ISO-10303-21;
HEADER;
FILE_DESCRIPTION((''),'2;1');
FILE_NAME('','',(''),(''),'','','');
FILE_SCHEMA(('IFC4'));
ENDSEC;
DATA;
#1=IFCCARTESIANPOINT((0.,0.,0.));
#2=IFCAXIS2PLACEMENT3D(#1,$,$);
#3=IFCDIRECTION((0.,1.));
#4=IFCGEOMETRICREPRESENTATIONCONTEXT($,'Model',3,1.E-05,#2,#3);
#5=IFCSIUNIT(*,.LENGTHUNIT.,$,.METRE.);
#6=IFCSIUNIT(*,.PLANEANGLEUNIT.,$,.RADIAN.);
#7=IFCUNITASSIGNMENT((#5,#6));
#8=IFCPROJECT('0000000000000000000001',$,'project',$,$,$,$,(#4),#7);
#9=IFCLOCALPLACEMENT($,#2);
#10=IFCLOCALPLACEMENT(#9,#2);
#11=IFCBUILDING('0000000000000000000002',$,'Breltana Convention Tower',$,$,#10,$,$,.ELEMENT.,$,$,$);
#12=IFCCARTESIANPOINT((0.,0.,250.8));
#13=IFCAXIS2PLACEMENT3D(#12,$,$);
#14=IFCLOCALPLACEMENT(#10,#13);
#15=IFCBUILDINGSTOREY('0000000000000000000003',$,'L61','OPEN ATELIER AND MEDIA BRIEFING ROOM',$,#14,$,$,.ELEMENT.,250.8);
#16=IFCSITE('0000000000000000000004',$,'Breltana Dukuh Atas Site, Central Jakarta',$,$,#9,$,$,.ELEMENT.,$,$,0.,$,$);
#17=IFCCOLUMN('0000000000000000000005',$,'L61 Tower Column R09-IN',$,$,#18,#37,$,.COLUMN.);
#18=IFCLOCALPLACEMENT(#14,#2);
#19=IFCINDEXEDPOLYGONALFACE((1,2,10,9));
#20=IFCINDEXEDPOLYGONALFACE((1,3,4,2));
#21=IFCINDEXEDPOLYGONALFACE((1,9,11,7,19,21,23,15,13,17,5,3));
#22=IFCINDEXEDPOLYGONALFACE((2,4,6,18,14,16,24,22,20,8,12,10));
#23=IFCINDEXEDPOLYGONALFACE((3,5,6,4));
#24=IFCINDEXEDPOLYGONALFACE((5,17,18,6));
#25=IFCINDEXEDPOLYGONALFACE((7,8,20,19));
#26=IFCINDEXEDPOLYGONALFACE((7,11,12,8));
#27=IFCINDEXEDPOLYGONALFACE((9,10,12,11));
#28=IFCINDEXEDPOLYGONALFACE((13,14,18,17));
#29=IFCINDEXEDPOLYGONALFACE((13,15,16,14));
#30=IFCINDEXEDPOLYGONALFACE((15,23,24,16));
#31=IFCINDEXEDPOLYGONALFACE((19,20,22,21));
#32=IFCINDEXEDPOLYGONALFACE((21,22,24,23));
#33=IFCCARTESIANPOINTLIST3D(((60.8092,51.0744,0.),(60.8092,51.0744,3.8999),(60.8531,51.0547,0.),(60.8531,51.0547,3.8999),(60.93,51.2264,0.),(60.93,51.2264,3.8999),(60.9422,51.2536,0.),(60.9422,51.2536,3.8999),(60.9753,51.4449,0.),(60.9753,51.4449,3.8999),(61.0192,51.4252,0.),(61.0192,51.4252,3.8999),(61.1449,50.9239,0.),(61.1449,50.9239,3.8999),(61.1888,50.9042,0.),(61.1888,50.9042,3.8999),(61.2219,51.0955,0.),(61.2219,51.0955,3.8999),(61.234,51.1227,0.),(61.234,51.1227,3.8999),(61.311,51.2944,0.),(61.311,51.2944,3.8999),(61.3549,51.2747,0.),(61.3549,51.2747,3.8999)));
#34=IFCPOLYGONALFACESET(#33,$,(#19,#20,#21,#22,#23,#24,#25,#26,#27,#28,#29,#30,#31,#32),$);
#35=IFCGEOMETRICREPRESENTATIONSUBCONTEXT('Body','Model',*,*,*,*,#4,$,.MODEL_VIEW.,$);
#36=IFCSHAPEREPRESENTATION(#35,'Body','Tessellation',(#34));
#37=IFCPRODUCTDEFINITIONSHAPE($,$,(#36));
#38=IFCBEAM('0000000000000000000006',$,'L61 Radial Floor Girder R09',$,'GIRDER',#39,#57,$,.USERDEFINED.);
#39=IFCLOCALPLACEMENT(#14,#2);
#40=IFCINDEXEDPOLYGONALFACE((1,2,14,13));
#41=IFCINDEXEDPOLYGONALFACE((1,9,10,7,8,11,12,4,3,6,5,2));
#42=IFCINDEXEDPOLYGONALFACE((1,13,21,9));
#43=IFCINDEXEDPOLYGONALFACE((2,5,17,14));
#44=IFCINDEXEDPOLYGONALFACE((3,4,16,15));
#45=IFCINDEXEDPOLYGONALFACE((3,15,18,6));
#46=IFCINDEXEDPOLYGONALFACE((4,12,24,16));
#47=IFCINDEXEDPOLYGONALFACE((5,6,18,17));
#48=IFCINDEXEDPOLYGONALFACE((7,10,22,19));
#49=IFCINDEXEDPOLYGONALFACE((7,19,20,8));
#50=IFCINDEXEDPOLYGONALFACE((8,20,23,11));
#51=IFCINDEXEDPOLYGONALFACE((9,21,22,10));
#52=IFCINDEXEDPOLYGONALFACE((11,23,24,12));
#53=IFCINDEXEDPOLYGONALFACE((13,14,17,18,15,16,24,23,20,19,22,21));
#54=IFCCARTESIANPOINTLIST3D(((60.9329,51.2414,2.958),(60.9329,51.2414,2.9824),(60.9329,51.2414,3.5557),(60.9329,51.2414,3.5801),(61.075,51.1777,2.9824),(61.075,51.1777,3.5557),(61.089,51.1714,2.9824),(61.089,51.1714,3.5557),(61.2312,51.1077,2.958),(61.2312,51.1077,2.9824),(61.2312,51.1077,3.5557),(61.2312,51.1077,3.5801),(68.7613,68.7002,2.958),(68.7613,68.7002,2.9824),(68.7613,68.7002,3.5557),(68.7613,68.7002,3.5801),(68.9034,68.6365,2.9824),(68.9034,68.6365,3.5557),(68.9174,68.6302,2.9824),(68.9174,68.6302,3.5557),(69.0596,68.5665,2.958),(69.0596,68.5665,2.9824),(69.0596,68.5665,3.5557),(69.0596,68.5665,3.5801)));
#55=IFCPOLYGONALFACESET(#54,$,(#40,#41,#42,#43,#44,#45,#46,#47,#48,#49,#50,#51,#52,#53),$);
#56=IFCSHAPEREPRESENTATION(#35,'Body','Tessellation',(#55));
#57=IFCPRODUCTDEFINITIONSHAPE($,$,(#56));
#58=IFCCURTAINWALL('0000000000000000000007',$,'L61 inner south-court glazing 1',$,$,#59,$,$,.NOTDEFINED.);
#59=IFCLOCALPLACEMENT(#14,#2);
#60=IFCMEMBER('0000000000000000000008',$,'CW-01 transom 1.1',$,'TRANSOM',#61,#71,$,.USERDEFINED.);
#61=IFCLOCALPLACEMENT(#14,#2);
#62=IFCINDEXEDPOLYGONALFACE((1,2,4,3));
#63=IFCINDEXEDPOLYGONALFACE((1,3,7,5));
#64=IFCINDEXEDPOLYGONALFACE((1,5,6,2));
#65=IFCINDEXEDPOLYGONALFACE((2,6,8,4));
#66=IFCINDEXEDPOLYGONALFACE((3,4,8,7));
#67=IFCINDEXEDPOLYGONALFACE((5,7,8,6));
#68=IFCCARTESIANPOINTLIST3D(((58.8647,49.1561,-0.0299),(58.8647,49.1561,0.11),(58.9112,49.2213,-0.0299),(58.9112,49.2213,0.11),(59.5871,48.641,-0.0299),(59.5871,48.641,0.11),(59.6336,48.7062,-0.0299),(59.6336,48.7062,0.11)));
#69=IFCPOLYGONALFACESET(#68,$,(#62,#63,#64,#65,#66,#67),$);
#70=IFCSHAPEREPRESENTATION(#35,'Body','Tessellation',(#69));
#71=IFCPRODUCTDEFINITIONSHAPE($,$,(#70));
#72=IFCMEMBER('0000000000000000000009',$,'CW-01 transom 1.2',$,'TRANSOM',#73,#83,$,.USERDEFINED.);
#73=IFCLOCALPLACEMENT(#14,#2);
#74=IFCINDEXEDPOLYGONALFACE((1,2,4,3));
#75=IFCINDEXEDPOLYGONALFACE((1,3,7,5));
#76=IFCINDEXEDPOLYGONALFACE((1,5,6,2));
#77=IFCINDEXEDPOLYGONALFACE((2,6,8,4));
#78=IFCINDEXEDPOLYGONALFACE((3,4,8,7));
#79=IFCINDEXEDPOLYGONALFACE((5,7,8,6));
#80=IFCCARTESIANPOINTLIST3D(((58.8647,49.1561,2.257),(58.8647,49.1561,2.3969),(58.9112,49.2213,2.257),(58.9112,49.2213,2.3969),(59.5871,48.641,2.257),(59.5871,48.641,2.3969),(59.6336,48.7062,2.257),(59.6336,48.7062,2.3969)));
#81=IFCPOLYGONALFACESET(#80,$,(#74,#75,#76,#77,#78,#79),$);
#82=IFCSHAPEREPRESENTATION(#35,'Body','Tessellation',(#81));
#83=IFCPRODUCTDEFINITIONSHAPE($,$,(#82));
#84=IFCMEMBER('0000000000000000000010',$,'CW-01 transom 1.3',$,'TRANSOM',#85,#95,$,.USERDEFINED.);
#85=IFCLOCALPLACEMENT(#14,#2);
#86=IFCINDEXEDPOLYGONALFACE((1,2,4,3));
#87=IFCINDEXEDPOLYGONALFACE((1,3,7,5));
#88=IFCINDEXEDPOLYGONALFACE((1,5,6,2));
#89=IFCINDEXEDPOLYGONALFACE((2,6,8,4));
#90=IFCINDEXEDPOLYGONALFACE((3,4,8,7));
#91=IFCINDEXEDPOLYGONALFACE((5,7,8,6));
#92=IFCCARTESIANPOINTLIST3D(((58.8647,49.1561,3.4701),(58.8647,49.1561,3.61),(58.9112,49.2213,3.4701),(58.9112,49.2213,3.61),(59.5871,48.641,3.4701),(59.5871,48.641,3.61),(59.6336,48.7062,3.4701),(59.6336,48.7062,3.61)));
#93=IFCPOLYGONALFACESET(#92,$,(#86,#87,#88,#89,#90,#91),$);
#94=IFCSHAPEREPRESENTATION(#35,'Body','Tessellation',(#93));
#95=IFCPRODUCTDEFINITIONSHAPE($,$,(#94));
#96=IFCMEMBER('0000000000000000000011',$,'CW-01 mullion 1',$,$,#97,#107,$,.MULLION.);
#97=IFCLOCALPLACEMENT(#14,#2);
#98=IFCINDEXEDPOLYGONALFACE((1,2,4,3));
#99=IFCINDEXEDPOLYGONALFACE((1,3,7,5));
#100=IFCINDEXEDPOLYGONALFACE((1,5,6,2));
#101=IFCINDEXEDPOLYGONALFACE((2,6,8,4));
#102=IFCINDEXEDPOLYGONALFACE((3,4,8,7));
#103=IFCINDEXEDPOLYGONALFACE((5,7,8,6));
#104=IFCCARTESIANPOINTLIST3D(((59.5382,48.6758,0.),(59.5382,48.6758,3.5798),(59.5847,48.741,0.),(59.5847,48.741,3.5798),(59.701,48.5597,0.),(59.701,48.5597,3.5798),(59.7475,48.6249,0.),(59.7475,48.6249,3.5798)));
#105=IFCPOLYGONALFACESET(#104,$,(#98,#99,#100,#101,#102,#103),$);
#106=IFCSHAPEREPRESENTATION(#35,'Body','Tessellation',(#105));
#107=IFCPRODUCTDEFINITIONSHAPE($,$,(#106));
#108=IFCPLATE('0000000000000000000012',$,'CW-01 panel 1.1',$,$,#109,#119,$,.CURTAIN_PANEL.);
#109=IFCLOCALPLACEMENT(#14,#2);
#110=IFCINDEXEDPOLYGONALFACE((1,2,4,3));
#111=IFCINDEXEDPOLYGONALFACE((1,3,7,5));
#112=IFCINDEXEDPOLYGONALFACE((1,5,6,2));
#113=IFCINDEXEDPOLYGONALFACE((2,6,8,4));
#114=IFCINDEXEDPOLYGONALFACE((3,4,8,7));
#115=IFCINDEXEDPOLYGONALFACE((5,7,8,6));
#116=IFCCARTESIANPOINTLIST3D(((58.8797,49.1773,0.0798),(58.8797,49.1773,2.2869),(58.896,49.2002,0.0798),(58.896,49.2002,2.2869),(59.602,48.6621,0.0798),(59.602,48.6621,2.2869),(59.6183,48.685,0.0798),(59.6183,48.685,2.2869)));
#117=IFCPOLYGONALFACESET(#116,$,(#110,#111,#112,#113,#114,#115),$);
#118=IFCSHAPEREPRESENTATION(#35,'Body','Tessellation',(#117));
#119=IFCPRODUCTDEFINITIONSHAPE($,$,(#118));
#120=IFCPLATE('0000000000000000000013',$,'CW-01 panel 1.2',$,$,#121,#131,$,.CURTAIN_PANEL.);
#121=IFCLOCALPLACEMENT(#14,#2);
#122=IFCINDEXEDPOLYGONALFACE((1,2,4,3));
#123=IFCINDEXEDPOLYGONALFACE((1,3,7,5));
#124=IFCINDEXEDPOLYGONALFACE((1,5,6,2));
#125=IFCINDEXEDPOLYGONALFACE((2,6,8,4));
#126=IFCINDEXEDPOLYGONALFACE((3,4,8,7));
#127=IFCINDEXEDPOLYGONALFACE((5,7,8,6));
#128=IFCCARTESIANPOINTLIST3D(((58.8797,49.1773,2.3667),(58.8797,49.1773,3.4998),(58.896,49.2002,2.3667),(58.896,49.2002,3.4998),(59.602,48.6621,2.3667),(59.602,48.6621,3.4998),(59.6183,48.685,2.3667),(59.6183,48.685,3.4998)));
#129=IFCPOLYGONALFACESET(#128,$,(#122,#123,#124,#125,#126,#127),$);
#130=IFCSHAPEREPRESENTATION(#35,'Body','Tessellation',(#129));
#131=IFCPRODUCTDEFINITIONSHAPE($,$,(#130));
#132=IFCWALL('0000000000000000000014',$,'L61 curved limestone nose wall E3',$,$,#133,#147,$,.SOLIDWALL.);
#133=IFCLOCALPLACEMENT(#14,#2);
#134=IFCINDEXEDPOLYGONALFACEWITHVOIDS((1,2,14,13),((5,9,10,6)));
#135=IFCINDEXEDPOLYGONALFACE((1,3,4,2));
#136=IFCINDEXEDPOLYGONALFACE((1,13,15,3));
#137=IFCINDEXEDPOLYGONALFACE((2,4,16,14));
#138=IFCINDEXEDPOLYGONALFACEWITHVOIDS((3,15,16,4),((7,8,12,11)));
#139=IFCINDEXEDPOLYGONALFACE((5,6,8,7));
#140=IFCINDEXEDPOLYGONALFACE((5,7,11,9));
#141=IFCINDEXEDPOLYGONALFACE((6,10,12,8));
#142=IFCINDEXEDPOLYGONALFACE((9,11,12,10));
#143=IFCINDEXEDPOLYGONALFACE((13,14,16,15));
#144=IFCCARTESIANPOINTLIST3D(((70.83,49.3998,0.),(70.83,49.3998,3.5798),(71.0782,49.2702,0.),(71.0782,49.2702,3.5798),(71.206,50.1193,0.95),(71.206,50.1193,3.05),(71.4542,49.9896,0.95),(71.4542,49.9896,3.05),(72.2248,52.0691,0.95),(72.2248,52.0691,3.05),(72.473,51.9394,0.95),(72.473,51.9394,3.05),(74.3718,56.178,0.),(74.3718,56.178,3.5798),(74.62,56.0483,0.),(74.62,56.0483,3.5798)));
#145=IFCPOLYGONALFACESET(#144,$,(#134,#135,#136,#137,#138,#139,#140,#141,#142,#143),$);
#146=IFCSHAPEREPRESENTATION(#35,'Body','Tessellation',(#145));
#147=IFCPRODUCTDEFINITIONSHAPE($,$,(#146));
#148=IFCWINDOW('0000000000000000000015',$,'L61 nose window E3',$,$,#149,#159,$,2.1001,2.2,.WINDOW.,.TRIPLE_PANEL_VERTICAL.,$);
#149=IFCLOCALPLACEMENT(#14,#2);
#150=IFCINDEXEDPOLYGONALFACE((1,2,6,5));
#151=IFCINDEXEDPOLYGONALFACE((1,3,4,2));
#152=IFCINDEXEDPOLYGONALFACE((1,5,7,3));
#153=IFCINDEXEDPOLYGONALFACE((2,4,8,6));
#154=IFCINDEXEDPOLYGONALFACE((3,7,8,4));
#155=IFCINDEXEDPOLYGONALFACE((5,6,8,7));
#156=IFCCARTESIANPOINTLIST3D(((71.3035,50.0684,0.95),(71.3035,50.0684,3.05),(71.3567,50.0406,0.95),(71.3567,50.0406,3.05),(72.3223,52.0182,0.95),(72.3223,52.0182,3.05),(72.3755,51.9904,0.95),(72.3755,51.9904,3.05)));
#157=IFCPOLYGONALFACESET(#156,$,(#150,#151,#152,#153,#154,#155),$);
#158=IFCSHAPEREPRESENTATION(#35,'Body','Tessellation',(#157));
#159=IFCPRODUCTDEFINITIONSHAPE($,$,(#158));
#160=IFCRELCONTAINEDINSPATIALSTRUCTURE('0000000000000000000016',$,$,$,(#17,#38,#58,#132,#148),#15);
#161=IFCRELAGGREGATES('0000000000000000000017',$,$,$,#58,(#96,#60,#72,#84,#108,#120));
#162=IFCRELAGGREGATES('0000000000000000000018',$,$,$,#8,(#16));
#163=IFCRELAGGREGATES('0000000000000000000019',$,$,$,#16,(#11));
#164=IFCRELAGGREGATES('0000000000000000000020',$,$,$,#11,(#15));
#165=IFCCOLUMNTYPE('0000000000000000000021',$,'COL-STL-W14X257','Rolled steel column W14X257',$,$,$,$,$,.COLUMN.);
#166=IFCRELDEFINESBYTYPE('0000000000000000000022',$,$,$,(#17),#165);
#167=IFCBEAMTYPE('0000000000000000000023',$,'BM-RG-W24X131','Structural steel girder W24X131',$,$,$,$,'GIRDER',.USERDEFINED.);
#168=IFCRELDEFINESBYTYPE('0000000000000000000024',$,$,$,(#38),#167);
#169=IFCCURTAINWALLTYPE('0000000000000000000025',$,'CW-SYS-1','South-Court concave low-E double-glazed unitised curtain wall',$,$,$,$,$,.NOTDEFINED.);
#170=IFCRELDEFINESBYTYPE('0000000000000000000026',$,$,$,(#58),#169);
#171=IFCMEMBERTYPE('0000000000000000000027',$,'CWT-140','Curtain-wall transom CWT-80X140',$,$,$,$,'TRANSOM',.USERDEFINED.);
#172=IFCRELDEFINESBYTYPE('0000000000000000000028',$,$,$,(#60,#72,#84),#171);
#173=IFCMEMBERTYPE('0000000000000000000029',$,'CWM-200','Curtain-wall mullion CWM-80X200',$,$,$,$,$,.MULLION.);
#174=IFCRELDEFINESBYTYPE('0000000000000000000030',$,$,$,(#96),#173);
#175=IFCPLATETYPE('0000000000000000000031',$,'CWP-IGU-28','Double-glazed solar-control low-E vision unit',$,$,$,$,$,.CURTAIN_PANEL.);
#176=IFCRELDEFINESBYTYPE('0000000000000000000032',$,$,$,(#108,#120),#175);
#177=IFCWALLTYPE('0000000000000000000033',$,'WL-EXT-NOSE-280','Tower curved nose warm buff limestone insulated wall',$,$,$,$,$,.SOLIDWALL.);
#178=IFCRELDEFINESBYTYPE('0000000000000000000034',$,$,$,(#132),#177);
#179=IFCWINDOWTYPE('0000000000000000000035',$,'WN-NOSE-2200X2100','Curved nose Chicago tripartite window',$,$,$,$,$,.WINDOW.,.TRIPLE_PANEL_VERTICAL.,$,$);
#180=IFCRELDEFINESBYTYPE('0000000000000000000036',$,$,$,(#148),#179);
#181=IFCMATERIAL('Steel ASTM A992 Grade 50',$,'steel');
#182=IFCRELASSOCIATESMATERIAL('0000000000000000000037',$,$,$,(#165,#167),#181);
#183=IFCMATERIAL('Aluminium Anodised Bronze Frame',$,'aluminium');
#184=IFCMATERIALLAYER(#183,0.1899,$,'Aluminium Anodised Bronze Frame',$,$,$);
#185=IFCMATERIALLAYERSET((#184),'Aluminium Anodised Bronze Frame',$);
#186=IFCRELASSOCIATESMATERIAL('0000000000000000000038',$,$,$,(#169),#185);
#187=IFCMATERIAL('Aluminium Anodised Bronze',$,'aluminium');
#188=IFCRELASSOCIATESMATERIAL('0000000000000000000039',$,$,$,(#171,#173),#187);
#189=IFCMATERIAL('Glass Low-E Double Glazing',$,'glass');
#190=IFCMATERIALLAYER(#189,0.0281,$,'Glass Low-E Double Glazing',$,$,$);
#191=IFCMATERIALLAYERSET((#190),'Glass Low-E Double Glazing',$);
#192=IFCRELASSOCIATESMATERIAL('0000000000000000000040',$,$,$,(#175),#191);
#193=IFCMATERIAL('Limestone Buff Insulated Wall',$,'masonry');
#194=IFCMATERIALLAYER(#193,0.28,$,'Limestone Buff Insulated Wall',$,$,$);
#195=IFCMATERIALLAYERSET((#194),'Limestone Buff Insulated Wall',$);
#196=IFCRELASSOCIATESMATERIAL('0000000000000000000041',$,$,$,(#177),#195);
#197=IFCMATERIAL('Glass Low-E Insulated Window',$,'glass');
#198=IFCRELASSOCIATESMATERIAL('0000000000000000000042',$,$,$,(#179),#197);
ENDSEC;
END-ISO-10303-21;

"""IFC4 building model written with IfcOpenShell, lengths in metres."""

from ifc_helpers import new_model, si_unit, direction, frame, frame_2d, origin, origin_2d, place, context, subcontext, project, spatial, rectangle, i_section, extrude, source, transform, mapped, material, layer, layer_set, material_profile, profile_set, type_object, type_shapes, element, fill, aggregate, save


model = new_model("IFC4")

# Units and contexts
model_context = context("Model", 3, precision=1e-05, world=origin(), true_north=direction((0.0, 1.0)))
body_context = subcontext(model_context, "Body", "Model", "MODEL_VIEW")
ifc_project = project(units=[si_unit("LENGTHUNIT", "METRE"), si_unit("PLANEANGLEUNIT", "RADIAN")], contexts=[model_context])

# Site, building, storey
site_placement = place(None, origin())
site = spatial("IfcSite", under=ifc_project, at=site_placement, Name="Breltana Dukuh Atas Site, Central Jakarta", CompositionType="ELEMENT", RefElevation=0.0)
building_placement = place(site_placement, origin())
building = spatial("IfcBuilding", under=site, at=building_placement, Name="Breltana Convention Tower", CompositionType="ELEMENT")
storey_placement = place(building_placement, frame((0.0, 0.0, 250.8)))
storey = spatial("IfcBuildingStorey", under=building, at=storey_placement, Name="L61", Description="OPEN ATELIER AND MEDIA BRIEFING ROOM", CompositionType="ELEMENT", Elevation=250.8)

# Column
ifc_material_1 = material(Name="Steel ASTM A992 Grade 50", Category="steel")
ifc_material_profile_1 = material_profile(ifc_material_1, i_section(OverallWidth=0.406, OverallDepth=0.416, WebThickness=0.0298, FlangeThickness=0.0481, at=origin_2d()), Name="W14X257")
ifc_profile_set_1 = profile_set([ifc_material_profile_1], Name="Steel ASTM A992 Grade 50")
column_type = type_object("IfcColumnType", Name="COL-STL-W14X257", Description="Rolled steel column W14X257", PredefinedType="COLUMN", material=ifc_profile_set_1)
shared_shape_1 = source(origin(), body_context, "Body", "SweptSolid", [
    extrude(i_section(OverallWidth=0.406, OverallDepth=0.416, WebThickness=0.0298, FlangeThickness=0.0481, at=origin_2d()), origin(), (0.0, 0.0, 1.0), 3.8999),
])
column_placement = place(storey_placement, frame((61.082, 51.1746, 0.0), z_axis=(0.0, 0.0, 1.0), x_axis=(0.409127, 0.912477, 0.0)))
element("IfcColumn", 1, at=column_placement, inside=storey, type_object=column_type, Name="L61 Tower Column R09-IN", PredefinedType="COLUMN", context=body_context, shape_type="MappedRepresentation", body=[
    mapped(shared_shape_1, transform((0.0, 0.0, 0.0), scale=1.0)),
])

# Beam
ifc_material_profile_2 = material_profile(ifc_material_1, i_section(OverallWidth=0.3269, OverallDepth=0.6221, WebThickness=0.0154, FlangeThickness=0.0244, at=origin_2d()), Name="W24X131")
ifc_profile_set_2 = profile_set([ifc_material_profile_2], Name="Steel ASTM A992 Grade 50")
beam_type = type_object("IfcBeamType", Name="BM-RG-W24X131", Description="Structural steel girder W24X131", ElementType="GIRDER", PredefinedType="USERDEFINED", material=ifc_profile_set_2)
shared_shape_2 = source(origin(), body_context, "Body", "SweptSolid", [
    extrude(i_section(OverallWidth=0.3269, OverallDepth=0.6221, WebThickness=0.0154, FlangeThickness=0.0244, at=origin_2d()), origin(), (0.0, 0.0, 1.0), 19.1335),
])
beam_placement = place(storey_placement, frame((61.082, 51.1746, 3.269), z_axis=(0.409145, 0.91247, 0.0), x_axis=(-0.91247, 0.409145, 0.0)))
element("IfcBeam", 2, at=beam_placement, inside=storey, type_object=beam_type, Name="L61 Radial Floor Girder R09", ObjectType="GIRDER", PredefinedType="USERDEFINED", context=body_context, shape_type="MappedRepresentation", body=[
    mapped(shared_shape_2, transform((0.0, 0.0, 0.0), scale=1.0)),
])

# Curtain wall, members, plates
ifc_material_2 = material(Name="Aluminium Anodised Bronze Frame", Category="aluminium")
ifc_layer_1 = layer(ifc_material_2, 0.1899, Name="Aluminium Anodised Bronze Frame")
ifc_layer_set_1 = layer_set([ifc_layer_1], Name="Aluminium Anodised Bronze Frame")
curtain_wall_type = type_object("IfcCurtainWallType", Name="CW-SYS-1", Description="South-Court concave low-E double-glazed unitised curtain wall", PredefinedType="NOTDEFINED", material=ifc_layer_set_1)
curtain_wall_placement = place(storey_placement, origin())
curtain_wall = element("IfcCurtainWall", 3, at=curtain_wall_placement, inside=storey, type_object=curtain_wall_type, Name="L61 inner south-court glazing 1", PredefinedType="NOTDEFINED")
ifc_material_3 = material(Name="Aluminium Anodised Bronze", Category="aluminium")
ifc_material_profile_3 = material_profile(ifc_material_3, rectangle(XDim=0.0801, YDim=0.1399, at=origin_2d()), Name="CWT-80X140")
ifc_profile_set_3 = profile_set([ifc_material_profile_3], Name="Aluminium Anodised Bronze")
member_type_1 = type_object("IfcMemberType", Name="CWT-140", Description="Curtain-wall transom CWT-80X140", ElementType="TRANSOM", PredefinedType="USERDEFINED", material=ifc_profile_set_3)
shared_shape_3 = source(origin(), body_context, "Body", "SweptSolid", [
    extrude(rectangle(XDim=0.0801, YDim=0.1399, at=origin_2d()), origin(), (0.0, 0.0, 1.0), 0.8872),
])
member_1_placement = place(storey_placement, frame((59.6104, 48.6736, 0.04), z_axis=(-0.814198, 0.580587, 0.0), x_axis=(-0.580587, -0.814198, 0.0)))
member_1 = element("IfcMember", 4, at=member_1_placement, type_object=member_type_1, Name="CW-01 transom 1.1", ObjectType="TRANSOM", PredefinedType="USERDEFINED", context=body_context, shape_type="MappedRepresentation", body=[
    mapped(shared_shape_3, transform((0.0, 0.0, 0.0), scale=1.0)),
])
member_2_placement = place(storey_placement, frame((59.6104, 48.6736, 2.3269), z_axis=(-0.814198, 0.580587, 0.0), x_axis=(-0.580587, -0.814198, 0.0)))
member_2 = element("IfcMember", 5, at=member_2_placement, type_object=member_type_1, Name="CW-01 transom 1.2", ObjectType="TRANSOM", PredefinedType="USERDEFINED", context=body_context, shape_type="MappedRepresentation", body=[
    mapped(shared_shape_3, transform((0.0, 0.0, 0.0), scale=1.0)),
])
member_3_placement = place(storey_placement, frame((59.6104, 48.6736, 3.54), z_axis=(-0.814198, 0.580587, 0.0), x_axis=(-0.580587, -0.814198, 0.0)))
member_3 = element("IfcMember", 6, at=member_3_placement, type_object=member_type_1, Name="CW-01 transom 1.3", ObjectType="TRANSOM", PredefinedType="USERDEFINED", context=body_context, shape_type="MappedRepresentation", body=[
    mapped(shared_shape_3, transform((0.0, 0.0, 0.0), scale=1.0)),
])
ifc_material_profile_4 = material_profile(ifc_material_3, rectangle(XDim=0.0801, YDim=0.2, at=origin_2d()), Name="CWM-80X200")
ifc_profile_set_4 = profile_set([ifc_material_profile_4], Name="Aluminium Anodised Bronze")
member_type_2 = type_object("IfcMemberType", Name="CWM-200", Description="Curtain-wall mullion CWM-80X200", PredefinedType="MULLION", material=ifc_profile_set_4)
shared_shape_4 = source(origin(), body_context, "Body", "SweptSolid", [
    extrude(rectangle(XDim=0.0801, YDim=0.2, at=origin_2d()), origin(), (0.0, 0.0, 1.0), 3.5798),
])
member_4_placement = place(storey_placement, frame((59.6428, 48.6504, 0.0), z_axis=(0.0, 0.0, 1.0), x_axis=(-0.580679, -0.814132, 0.0)))
member_4 = element("IfcMember", 7, at=member_4_placement, type_object=member_type_2, Name="CW-01 mullion 1", PredefinedType="MULLION", context=body_context, shape_type="MappedRepresentation", body=[
    mapped(shared_shape_4, transform((0.0, 0.0, 0.0), scale=1.0)),
])
ifc_material_4 = material(Name="Glass Low-E Double Glazing", Category="glass")
ifc_layer_2 = layer(ifc_material_4, 0.0281, Name="Glass Low-E Double Glazing")
ifc_layer_set_2 = layer_set([ifc_layer_2], Name="Glass Low-E Double Glazing")
plate_type = type_object("IfcPlateType", Name="CWP-IGU-28", Description="Double-glazed solar-control low-E vision unit", PredefinedType="CURTAIN_PANEL", material=ifc_layer_set_2)
shared_shape_5 = source(origin(), body_context, "Body", "SweptSolid", [
    extrude(rectangle(XDim=0.8872, YDim=0.0281, at=origin_2d()), origin(), (0.0, 0.0, 1.0), 2.207),
])
plate_1_placement = place(storey_placement, frame((59.249, 48.9312, 0.0798), z_axis=(0.0, 0.0, 1.0), x_axis=(-0.814132, 0.580679, 0.0)))
plate_1 = element("IfcPlate", 8, at=plate_1_placement, type_object=plate_type, Name="CW-01 panel 1.1", PredefinedType="CURTAIN_PANEL", context=body_context, shape_type="MappedRepresentation", body=[
    mapped(shared_shape_5, transform((0.0, 0.0, 0.0), scale=1.0)),
])
shared_shape_6 = source(origin(), body_context, "Body", "SweptSolid", [
    extrude(rectangle(XDim=0.8872, YDim=0.0281, at=origin_2d()), origin(), (0.0, 0.0, 1.0), 1.1331),
])
plate_2_placement = place(storey_placement, frame((59.249, 48.9312, 2.3667), z_axis=(0.0, 0.0, 1.0), x_axis=(-0.814132, 0.580679, 0.0)))
plate_2 = element("IfcPlate", 9, at=plate_2_placement, type_object=plate_type, Name="CW-01 panel 1.2", PredefinedType="CURTAIN_PANEL", context=body_context, shape_type="MappedRepresentation", body=[
    mapped(shared_shape_6, transform((0.0, 0.0, 0.0), scale=1.0)),
])
aggregate(curtain_wall, [member_4, member_1, member_2, member_3, plate_1, plate_2])

# Wall, opening, window
ifc_material_5 = material(Name="Limestone Buff Insulated Wall", Category="masonry")
ifc_layer_3 = layer(ifc_material_5, 0.28, Name="Limestone Buff Insulated Wall")
ifc_layer_set_3 = layer_set([ifc_layer_3], Name="Limestone Buff Insulated Wall")
wall_type_1 = type_object("IfcWallType", Name="WL-EXT-NOSE-280", Description="Tower curved nose warm buff limestone insulated wall", PredefinedType="SOLIDWALL", material=ifc_layer_set_3)
shared_shape_7 = source(origin(), body_context, "Body", "SweptSolid", [
    extrude(rectangle(XDim=7.6477, YDim=0.28, at=frame_2d((3.8237, 0.0))), origin(), (0.0, 0.0, 1.0), 3.5798),
])
wall_1_placement = place(storey_placement, frame((74.4958, 56.113, 0.0), z_axis=(0.0, 0.0, 1.0), x_axis=(-0.463117, -0.886297, 0.0)))
wall_1 = element("IfcWall", 10, at=wall_1_placement, inside=storey, type_object=wall_type_1, Name="L61 curved limestone nose wall E3", PredefinedType="SOLIDWALL", context=body_context, shape_type="MappedRepresentation", body=[
    mapped(shared_shape_7, transform((0.0, 0.0, 0.0), scale=1.0)),
])
opening_1_placement = place(wall_1_placement, frame((4.6357, 0.0, 0.95)))
opening_1 = element("IfcOpeningElement", 11, at=opening_1_placement, cuts=wall_1, PredefinedType="OPENING", context=body_context, shape_type="SweptSolid", body=[
    extrude(rectangle(XDim=2.2, YDim=2.1001, at=frame_2d((1.1001, 1.05))), frame((0.0, 0.1499, 0.0), z_axis=(0.0, -1.0, 0.0), x_axis=(1.0, 0.0, 0.0)), (0.0, 0.0, 1.0), 0.3),
])
ifc_material_6 = material(Name="Glass Low-E Insulated Window", Category="glass")
window_type = type_object("IfcWindowType", Name="WN-NOSE-2200X2100", Description="Curved nose Chicago tripartite window", PartitioningType="TRIPLE_PANEL_VERTICAL", PredefinedType="WINDOW", material=ifc_material_6)
shared_shape_8 = source(origin(), body_context, "Body", "SweptSolid", [
    extrude(rectangle(XDim=2.2, YDim=2.1001, at=frame_2d((1.1001, 1.05))), frame((0.0, 0.03, 0.0), z_axis=(0.0, -1.0, 0.0), x_axis=(1.0, 0.0, 0.0)), (0.0, 0.0, 1.0), 0.0601),
])
type_shapes(window_type, [shared_shape_8])
window_1_placement = place(opening_1_placement, origin())
window_1 = element("IfcWindow", 12, at=window_1_placement, inside=storey, type_object=window_type, Name="L61 nose window E3", OverallHeight=2.1001, OverallWidth=2.2, PartitioningType="TRIPLE_PANEL_VERTICAL", PredefinedType="WINDOW", context=body_context, shape_type="MappedRepresentation", body=[
    mapped(shared_shape_8, transform((0.0, 0.0, 0.0), scale=1.0)),
])
fill(opening_1, window_1)

save(model, "model.ifc")
